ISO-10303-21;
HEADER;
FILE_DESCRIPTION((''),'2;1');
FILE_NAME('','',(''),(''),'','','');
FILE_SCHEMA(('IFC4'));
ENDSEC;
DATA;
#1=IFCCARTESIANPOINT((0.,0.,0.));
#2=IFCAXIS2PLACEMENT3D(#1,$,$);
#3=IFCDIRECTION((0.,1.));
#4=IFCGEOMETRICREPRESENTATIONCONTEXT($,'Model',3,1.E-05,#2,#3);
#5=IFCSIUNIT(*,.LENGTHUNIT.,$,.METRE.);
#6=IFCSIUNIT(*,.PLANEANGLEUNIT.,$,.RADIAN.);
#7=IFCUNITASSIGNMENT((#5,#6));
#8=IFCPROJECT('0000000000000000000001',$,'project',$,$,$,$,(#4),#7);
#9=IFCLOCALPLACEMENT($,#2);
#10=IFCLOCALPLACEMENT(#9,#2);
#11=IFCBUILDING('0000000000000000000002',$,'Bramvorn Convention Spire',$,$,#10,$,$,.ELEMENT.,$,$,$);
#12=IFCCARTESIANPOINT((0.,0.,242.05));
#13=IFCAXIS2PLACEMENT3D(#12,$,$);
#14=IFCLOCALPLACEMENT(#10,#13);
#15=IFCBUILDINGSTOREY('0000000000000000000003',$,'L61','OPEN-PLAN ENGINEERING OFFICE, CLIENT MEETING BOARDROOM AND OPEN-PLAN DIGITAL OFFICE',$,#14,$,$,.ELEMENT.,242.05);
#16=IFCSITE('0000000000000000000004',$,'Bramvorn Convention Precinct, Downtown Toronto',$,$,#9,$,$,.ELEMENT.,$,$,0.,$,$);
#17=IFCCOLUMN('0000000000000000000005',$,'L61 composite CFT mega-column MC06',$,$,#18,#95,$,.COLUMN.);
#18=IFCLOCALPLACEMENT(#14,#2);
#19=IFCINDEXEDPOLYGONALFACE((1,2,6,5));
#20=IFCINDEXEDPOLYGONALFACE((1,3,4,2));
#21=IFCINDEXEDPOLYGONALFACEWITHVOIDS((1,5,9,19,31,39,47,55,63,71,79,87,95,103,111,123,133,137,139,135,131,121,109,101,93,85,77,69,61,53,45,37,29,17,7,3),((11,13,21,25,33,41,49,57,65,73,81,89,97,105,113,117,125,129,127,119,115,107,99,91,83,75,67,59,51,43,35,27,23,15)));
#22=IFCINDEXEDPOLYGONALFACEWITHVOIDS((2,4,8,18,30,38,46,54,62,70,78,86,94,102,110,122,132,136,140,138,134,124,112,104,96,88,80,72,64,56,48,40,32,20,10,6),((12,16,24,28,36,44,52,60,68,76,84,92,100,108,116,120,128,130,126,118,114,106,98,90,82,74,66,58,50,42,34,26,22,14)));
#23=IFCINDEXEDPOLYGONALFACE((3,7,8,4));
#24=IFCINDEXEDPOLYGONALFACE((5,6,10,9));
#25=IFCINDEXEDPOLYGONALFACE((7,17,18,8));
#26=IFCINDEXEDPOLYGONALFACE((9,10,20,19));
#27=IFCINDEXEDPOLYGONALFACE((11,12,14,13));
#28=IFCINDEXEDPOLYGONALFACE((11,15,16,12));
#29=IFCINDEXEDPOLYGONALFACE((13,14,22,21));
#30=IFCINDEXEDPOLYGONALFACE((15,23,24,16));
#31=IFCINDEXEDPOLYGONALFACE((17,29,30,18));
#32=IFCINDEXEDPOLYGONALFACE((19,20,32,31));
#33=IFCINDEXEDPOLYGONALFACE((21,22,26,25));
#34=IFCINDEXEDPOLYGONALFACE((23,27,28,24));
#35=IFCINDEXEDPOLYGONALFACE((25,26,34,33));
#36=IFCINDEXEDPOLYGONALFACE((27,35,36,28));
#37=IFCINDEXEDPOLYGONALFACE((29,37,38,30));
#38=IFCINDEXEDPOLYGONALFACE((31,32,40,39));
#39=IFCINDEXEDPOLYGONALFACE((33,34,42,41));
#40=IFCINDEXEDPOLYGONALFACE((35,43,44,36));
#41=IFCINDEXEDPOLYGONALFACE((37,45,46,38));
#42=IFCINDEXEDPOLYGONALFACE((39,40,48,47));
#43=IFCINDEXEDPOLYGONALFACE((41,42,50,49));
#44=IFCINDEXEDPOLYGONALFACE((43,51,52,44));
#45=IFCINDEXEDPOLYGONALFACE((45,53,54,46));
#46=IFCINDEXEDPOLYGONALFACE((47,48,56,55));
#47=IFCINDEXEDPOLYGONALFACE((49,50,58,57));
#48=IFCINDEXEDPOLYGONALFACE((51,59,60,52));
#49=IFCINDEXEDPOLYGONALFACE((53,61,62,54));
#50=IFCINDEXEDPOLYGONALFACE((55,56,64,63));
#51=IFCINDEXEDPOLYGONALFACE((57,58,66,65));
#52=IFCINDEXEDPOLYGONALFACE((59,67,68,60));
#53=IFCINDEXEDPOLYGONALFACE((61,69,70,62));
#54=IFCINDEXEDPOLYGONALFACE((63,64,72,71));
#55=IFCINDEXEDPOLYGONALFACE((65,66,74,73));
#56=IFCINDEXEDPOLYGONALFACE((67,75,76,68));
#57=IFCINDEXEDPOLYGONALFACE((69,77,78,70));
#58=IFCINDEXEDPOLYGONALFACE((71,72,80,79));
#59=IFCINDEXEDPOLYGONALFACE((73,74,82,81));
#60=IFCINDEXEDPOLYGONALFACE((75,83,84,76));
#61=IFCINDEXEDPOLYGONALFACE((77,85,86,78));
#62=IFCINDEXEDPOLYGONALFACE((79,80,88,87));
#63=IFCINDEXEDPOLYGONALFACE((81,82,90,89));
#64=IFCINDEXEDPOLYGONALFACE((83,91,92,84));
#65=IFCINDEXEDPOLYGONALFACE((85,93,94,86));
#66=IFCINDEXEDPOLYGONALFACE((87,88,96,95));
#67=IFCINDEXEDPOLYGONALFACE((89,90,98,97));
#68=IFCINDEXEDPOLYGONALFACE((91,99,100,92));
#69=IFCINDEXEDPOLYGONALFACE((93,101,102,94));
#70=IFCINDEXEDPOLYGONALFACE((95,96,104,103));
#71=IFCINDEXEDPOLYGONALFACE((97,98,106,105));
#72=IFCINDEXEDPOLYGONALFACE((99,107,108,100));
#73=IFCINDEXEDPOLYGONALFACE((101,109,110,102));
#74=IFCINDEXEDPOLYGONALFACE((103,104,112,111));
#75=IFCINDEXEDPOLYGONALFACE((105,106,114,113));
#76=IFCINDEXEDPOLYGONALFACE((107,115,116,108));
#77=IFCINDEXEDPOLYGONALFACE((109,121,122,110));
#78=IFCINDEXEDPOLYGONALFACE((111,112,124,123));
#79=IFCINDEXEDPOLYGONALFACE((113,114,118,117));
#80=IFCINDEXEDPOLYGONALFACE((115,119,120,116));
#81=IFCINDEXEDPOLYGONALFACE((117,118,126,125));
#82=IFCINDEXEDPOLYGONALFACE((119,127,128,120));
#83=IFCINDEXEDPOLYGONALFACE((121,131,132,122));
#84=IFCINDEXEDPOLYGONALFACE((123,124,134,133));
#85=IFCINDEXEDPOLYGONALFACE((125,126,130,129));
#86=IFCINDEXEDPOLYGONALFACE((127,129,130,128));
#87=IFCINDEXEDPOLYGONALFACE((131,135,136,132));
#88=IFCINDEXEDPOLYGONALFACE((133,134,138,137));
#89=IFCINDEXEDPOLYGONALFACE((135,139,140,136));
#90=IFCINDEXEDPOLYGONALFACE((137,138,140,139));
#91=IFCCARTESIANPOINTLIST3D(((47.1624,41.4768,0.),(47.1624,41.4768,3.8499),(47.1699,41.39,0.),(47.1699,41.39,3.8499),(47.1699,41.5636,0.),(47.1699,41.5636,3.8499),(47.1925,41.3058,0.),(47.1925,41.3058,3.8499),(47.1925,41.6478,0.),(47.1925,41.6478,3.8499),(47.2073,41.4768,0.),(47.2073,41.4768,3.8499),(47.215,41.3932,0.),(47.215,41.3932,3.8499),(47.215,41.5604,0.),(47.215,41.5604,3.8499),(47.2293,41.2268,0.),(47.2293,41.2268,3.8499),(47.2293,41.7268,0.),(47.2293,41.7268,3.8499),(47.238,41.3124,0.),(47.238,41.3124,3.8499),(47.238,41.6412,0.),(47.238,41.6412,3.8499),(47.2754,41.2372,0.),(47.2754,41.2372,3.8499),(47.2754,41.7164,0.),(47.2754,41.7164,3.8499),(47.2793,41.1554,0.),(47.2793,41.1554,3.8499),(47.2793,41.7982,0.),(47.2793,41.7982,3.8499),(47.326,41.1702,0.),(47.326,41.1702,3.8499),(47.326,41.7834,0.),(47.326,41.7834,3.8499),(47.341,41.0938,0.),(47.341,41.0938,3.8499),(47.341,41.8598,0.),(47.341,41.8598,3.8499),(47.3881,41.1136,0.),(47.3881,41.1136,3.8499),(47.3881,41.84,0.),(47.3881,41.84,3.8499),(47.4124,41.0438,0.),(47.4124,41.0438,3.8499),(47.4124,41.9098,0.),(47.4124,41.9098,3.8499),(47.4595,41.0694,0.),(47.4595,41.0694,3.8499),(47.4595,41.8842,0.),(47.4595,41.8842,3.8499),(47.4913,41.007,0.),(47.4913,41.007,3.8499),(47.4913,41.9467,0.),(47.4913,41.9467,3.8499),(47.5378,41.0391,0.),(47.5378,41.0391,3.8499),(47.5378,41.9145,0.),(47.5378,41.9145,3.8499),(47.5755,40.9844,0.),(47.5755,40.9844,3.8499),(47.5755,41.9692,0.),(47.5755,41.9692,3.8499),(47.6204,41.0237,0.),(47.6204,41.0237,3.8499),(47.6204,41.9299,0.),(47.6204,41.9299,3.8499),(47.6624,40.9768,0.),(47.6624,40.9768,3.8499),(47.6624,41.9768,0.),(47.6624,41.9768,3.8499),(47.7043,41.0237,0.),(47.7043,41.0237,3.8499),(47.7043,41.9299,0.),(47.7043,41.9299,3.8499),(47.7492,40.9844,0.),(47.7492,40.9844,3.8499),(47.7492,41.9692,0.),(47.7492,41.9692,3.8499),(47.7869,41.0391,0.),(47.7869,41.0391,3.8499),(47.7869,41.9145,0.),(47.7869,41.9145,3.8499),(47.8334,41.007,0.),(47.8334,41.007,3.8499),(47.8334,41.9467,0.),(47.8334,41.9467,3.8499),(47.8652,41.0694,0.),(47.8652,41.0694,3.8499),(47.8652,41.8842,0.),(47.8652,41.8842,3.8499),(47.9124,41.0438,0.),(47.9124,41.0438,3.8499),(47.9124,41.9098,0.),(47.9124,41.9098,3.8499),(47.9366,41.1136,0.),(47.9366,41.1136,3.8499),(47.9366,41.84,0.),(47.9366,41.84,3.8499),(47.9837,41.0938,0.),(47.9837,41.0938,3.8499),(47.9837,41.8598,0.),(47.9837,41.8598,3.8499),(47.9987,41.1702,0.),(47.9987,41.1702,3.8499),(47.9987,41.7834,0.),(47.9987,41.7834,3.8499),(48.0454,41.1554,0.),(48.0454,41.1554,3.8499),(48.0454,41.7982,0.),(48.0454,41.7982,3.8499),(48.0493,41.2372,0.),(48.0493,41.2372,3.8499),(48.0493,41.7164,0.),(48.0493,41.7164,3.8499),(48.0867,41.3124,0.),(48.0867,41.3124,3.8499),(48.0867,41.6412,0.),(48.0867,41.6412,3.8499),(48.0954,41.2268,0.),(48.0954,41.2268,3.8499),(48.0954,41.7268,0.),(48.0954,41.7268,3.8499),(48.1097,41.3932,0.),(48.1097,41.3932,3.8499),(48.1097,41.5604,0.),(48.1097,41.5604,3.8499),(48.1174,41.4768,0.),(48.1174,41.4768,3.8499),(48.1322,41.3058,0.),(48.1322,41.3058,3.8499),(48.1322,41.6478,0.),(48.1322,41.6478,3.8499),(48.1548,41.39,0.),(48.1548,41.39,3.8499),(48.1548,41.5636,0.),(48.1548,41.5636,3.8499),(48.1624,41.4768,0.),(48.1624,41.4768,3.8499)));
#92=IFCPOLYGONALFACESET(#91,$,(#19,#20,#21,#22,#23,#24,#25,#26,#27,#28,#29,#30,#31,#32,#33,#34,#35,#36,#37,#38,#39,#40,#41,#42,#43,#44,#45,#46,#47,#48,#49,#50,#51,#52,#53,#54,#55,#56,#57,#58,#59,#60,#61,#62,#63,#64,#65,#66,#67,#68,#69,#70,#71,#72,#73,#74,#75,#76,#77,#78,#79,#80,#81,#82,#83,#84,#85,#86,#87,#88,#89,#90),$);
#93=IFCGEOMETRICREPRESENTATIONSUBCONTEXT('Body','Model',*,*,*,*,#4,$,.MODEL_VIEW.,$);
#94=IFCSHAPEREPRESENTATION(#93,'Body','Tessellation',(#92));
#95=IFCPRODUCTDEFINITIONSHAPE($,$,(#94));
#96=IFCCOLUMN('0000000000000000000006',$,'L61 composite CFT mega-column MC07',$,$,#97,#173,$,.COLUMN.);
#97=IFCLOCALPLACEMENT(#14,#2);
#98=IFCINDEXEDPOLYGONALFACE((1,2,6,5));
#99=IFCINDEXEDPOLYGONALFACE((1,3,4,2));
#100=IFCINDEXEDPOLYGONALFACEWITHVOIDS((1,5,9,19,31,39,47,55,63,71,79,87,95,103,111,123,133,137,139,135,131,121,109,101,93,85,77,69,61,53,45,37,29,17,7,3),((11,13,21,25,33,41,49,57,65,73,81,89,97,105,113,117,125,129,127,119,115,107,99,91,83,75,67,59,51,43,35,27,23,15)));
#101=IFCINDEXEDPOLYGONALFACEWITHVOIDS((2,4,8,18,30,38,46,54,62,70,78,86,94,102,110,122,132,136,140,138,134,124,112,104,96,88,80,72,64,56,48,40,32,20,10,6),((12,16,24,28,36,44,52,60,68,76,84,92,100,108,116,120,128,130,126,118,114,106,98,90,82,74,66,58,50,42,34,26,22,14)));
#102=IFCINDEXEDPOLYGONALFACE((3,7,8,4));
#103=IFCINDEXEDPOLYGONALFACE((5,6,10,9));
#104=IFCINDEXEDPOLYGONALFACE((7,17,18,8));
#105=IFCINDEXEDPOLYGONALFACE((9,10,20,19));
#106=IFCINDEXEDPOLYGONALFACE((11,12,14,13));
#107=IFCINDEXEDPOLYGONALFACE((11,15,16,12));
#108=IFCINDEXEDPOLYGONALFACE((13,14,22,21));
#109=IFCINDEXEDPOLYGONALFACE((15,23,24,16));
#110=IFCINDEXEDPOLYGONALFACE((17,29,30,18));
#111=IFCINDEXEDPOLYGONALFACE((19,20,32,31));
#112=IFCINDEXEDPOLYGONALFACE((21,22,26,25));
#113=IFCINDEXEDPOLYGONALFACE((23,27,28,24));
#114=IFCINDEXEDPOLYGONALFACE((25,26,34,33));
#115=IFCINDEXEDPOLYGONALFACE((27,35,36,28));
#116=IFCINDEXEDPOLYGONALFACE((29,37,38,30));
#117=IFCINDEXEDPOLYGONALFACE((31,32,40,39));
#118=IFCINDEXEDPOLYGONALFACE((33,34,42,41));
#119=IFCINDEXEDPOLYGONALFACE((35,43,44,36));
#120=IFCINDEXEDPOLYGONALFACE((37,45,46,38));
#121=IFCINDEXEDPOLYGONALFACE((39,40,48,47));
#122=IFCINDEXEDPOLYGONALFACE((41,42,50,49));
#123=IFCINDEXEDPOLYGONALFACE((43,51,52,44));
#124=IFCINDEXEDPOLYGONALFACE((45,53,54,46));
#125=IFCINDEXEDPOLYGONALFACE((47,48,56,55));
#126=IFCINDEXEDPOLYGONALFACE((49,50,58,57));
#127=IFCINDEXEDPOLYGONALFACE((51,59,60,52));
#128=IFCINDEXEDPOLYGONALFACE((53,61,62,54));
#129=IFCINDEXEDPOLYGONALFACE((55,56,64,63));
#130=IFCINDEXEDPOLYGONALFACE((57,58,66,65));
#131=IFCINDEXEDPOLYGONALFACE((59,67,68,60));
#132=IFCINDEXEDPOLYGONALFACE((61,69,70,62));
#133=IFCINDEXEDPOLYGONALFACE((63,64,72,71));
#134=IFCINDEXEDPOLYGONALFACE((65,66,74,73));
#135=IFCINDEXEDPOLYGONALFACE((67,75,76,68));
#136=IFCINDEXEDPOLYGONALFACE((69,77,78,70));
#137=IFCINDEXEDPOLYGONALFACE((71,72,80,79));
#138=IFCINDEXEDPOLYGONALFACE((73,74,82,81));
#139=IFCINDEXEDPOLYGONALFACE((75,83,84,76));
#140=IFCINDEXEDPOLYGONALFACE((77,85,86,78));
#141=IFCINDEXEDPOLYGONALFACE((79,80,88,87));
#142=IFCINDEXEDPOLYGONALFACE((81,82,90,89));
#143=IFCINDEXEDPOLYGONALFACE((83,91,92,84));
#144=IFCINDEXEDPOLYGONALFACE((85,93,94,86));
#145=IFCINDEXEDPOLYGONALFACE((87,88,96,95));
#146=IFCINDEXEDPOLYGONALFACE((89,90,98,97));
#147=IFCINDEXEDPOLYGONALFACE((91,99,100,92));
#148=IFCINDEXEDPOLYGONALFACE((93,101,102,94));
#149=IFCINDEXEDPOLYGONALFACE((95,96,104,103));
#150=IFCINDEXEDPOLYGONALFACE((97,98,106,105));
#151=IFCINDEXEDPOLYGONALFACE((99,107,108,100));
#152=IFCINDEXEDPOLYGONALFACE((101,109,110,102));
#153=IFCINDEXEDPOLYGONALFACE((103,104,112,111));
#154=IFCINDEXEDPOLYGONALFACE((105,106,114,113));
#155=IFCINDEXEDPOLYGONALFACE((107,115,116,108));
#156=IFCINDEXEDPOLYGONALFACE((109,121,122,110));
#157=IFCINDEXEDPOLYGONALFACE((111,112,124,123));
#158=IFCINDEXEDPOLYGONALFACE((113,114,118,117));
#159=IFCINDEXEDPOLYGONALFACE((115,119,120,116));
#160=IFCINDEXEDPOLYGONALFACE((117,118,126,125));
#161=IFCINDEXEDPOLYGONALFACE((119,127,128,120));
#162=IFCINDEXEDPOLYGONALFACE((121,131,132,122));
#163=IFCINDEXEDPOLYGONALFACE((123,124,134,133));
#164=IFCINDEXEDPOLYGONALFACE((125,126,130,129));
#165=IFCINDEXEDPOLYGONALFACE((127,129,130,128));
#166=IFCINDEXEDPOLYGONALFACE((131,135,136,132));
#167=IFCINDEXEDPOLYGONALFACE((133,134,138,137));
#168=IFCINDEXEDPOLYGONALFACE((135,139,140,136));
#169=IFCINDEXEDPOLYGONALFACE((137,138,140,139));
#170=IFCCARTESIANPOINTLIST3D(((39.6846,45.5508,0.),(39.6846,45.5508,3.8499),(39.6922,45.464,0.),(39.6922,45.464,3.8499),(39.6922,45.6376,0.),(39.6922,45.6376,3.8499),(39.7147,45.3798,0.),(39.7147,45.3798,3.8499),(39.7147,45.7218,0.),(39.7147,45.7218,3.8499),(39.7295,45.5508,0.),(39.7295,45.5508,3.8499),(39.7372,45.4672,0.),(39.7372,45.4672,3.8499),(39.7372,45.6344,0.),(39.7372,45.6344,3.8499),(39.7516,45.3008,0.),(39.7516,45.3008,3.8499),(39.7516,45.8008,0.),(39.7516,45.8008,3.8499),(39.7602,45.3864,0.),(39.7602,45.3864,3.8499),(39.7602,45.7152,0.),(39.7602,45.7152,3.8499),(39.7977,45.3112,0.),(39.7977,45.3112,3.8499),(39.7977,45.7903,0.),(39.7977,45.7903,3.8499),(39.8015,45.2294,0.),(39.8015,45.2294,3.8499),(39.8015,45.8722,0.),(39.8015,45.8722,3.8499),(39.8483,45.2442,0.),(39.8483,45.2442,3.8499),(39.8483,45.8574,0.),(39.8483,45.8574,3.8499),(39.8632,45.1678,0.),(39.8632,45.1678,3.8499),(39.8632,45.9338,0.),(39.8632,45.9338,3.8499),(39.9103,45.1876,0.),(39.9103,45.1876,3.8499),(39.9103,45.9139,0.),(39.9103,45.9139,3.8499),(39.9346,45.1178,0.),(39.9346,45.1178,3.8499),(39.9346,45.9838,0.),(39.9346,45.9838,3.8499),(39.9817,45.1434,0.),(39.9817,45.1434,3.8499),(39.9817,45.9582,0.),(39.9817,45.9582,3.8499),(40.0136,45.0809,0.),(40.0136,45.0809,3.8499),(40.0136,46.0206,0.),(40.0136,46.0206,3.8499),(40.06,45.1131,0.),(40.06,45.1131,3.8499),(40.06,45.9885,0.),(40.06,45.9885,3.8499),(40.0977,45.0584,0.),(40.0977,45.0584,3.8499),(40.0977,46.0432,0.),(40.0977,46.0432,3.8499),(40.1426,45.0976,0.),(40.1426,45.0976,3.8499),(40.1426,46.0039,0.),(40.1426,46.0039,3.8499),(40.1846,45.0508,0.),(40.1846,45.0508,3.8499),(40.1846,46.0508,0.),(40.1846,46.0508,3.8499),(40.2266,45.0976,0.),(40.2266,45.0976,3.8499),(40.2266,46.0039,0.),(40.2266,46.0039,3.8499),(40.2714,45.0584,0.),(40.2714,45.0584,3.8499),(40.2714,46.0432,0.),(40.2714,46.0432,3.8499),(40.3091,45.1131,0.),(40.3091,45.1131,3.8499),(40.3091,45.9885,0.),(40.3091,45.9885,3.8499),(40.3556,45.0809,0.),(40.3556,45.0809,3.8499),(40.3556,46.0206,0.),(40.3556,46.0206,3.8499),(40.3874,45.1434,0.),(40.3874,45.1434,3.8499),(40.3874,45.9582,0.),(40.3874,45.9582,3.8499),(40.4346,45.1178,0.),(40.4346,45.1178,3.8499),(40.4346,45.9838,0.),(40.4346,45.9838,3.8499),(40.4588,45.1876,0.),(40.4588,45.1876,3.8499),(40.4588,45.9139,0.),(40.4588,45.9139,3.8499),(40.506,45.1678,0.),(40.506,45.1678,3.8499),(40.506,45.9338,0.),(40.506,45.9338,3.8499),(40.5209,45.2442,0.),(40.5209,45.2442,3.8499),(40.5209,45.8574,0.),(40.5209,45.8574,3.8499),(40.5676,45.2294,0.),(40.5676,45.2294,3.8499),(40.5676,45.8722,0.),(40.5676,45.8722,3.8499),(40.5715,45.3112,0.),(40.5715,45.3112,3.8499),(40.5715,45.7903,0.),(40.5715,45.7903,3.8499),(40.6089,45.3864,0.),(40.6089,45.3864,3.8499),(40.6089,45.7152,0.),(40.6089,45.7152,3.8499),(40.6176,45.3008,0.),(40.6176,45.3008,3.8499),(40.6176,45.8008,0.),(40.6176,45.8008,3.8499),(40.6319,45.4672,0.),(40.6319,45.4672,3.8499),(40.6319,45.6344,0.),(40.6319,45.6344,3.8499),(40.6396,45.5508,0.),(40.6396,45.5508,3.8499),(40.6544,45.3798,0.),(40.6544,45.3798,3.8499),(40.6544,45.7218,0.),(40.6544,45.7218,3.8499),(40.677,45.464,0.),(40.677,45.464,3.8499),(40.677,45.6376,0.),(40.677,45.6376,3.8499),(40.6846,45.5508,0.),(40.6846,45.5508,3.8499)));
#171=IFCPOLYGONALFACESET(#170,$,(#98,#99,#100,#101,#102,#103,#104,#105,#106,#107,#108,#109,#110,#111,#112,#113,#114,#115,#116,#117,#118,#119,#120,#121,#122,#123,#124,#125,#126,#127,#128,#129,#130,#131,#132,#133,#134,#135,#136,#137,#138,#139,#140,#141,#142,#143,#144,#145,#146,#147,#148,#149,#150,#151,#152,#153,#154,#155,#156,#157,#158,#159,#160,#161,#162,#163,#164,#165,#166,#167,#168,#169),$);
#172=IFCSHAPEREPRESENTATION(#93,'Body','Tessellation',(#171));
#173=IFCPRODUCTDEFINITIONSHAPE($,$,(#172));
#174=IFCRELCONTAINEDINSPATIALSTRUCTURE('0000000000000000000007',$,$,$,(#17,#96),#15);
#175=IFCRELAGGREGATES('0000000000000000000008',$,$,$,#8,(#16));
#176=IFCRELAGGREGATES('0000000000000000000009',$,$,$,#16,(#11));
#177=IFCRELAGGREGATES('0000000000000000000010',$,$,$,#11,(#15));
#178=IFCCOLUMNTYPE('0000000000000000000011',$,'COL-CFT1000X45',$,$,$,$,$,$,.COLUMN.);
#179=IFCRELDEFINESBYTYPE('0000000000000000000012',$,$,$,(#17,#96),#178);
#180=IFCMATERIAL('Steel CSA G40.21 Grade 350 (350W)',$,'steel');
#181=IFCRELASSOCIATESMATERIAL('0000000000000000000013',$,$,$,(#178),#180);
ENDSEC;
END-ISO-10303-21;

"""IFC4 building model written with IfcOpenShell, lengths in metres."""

from ifc_helpers import new_model, si_unit, direction, frame, origin, origin_2d, place, context, subcontext, project, spatial, hollow_circle, extrude, material, material_profile, profile_set, type_object, element, save


model = new_model("IFC4")

# Units and contexts
model_context = context("Model", 3, precision=1e-05, world=origin(), true_north=direction((0.0, 1.0)))
body_context = subcontext(model_context, "Body", "Model", "MODEL_VIEW")
ifc_project = project(units=[si_unit("LENGTHUNIT", "METRE"), si_unit("PLANEANGLEUNIT", "RADIAN")], contexts=[model_context])

# Site, building, storey
site_placement = place(None, origin())
site = spatial("IfcSite", under=ifc_project, at=site_placement, Name="Bramvorn Convention Precinct, Downtown Toronto", CompositionType="ELEMENT", RefElevation=0.0)
building_placement = place(site_placement, origin())
building = spatial("IfcBuilding", under=site, at=building_placement, Name="Bramvorn Convention Spire", CompositionType="ELEMENT")
storey_placement = place(building_placement, frame((0.0, 0.0, 242.05)))
storey = spatial("IfcBuildingStorey", under=building, at=storey_placement, Name="L61", Description="OPEN-PLAN ENGINEERING OFFICE, CLIENT MEETING BOARDROOM AND OPEN-PLAN DIGITAL OFFICE", CompositionType="ELEMENT", Elevation=242.05)

# Columns
ifc_material_1 = material(Name="Steel CSA G40.21 Grade 350 (350W)", Category="steel")
ifc_material_profile_1 = material_profile(ifc_material_1, hollow_circle(Radius=0.5, WallThickness=0.0449, at=origin_2d()))
ifc_profile_set_1 = profile_set([ifc_material_profile_1], Name="Steel CSA G40.21 Grade 350 (350W) - CFT1000X45")
column_type = type_object("IfcColumnType", Name="COL-CFT1000X45", PredefinedType="COLUMN", material=ifc_profile_set_1)
for number, where, z_axis, x_axis, name in (
    (1, (47.6624, 41.4768, 0.0), (0.0, 0.0, 1.0), (1.0, 0.0, 0.0), "L61 composite CFT mega-column MC06"),
    (2, (40.1846, 45.5508, 0.0), (0.0, 0.0, 1.0), (1.0, 0.0, 0.0), "L61 composite CFT mega-column MC07"),
):
    element("IfcColumn", number, at=place(storey_placement, frame(where, z_axis=z_axis, x_axis=x_axis)), inside=storey, type_object=column_type, Name=name, PredefinedType="COLUMN", context=body_context, shape_type="SweptSolid", body=[
        extrude(hollow_circle(Radius=0.5, WallThickness=0.0449, at=origin_2d()), origin(), (0.0, 0.0, 1.0), 3.8499),
    ])

save(model, "model.ifc")
